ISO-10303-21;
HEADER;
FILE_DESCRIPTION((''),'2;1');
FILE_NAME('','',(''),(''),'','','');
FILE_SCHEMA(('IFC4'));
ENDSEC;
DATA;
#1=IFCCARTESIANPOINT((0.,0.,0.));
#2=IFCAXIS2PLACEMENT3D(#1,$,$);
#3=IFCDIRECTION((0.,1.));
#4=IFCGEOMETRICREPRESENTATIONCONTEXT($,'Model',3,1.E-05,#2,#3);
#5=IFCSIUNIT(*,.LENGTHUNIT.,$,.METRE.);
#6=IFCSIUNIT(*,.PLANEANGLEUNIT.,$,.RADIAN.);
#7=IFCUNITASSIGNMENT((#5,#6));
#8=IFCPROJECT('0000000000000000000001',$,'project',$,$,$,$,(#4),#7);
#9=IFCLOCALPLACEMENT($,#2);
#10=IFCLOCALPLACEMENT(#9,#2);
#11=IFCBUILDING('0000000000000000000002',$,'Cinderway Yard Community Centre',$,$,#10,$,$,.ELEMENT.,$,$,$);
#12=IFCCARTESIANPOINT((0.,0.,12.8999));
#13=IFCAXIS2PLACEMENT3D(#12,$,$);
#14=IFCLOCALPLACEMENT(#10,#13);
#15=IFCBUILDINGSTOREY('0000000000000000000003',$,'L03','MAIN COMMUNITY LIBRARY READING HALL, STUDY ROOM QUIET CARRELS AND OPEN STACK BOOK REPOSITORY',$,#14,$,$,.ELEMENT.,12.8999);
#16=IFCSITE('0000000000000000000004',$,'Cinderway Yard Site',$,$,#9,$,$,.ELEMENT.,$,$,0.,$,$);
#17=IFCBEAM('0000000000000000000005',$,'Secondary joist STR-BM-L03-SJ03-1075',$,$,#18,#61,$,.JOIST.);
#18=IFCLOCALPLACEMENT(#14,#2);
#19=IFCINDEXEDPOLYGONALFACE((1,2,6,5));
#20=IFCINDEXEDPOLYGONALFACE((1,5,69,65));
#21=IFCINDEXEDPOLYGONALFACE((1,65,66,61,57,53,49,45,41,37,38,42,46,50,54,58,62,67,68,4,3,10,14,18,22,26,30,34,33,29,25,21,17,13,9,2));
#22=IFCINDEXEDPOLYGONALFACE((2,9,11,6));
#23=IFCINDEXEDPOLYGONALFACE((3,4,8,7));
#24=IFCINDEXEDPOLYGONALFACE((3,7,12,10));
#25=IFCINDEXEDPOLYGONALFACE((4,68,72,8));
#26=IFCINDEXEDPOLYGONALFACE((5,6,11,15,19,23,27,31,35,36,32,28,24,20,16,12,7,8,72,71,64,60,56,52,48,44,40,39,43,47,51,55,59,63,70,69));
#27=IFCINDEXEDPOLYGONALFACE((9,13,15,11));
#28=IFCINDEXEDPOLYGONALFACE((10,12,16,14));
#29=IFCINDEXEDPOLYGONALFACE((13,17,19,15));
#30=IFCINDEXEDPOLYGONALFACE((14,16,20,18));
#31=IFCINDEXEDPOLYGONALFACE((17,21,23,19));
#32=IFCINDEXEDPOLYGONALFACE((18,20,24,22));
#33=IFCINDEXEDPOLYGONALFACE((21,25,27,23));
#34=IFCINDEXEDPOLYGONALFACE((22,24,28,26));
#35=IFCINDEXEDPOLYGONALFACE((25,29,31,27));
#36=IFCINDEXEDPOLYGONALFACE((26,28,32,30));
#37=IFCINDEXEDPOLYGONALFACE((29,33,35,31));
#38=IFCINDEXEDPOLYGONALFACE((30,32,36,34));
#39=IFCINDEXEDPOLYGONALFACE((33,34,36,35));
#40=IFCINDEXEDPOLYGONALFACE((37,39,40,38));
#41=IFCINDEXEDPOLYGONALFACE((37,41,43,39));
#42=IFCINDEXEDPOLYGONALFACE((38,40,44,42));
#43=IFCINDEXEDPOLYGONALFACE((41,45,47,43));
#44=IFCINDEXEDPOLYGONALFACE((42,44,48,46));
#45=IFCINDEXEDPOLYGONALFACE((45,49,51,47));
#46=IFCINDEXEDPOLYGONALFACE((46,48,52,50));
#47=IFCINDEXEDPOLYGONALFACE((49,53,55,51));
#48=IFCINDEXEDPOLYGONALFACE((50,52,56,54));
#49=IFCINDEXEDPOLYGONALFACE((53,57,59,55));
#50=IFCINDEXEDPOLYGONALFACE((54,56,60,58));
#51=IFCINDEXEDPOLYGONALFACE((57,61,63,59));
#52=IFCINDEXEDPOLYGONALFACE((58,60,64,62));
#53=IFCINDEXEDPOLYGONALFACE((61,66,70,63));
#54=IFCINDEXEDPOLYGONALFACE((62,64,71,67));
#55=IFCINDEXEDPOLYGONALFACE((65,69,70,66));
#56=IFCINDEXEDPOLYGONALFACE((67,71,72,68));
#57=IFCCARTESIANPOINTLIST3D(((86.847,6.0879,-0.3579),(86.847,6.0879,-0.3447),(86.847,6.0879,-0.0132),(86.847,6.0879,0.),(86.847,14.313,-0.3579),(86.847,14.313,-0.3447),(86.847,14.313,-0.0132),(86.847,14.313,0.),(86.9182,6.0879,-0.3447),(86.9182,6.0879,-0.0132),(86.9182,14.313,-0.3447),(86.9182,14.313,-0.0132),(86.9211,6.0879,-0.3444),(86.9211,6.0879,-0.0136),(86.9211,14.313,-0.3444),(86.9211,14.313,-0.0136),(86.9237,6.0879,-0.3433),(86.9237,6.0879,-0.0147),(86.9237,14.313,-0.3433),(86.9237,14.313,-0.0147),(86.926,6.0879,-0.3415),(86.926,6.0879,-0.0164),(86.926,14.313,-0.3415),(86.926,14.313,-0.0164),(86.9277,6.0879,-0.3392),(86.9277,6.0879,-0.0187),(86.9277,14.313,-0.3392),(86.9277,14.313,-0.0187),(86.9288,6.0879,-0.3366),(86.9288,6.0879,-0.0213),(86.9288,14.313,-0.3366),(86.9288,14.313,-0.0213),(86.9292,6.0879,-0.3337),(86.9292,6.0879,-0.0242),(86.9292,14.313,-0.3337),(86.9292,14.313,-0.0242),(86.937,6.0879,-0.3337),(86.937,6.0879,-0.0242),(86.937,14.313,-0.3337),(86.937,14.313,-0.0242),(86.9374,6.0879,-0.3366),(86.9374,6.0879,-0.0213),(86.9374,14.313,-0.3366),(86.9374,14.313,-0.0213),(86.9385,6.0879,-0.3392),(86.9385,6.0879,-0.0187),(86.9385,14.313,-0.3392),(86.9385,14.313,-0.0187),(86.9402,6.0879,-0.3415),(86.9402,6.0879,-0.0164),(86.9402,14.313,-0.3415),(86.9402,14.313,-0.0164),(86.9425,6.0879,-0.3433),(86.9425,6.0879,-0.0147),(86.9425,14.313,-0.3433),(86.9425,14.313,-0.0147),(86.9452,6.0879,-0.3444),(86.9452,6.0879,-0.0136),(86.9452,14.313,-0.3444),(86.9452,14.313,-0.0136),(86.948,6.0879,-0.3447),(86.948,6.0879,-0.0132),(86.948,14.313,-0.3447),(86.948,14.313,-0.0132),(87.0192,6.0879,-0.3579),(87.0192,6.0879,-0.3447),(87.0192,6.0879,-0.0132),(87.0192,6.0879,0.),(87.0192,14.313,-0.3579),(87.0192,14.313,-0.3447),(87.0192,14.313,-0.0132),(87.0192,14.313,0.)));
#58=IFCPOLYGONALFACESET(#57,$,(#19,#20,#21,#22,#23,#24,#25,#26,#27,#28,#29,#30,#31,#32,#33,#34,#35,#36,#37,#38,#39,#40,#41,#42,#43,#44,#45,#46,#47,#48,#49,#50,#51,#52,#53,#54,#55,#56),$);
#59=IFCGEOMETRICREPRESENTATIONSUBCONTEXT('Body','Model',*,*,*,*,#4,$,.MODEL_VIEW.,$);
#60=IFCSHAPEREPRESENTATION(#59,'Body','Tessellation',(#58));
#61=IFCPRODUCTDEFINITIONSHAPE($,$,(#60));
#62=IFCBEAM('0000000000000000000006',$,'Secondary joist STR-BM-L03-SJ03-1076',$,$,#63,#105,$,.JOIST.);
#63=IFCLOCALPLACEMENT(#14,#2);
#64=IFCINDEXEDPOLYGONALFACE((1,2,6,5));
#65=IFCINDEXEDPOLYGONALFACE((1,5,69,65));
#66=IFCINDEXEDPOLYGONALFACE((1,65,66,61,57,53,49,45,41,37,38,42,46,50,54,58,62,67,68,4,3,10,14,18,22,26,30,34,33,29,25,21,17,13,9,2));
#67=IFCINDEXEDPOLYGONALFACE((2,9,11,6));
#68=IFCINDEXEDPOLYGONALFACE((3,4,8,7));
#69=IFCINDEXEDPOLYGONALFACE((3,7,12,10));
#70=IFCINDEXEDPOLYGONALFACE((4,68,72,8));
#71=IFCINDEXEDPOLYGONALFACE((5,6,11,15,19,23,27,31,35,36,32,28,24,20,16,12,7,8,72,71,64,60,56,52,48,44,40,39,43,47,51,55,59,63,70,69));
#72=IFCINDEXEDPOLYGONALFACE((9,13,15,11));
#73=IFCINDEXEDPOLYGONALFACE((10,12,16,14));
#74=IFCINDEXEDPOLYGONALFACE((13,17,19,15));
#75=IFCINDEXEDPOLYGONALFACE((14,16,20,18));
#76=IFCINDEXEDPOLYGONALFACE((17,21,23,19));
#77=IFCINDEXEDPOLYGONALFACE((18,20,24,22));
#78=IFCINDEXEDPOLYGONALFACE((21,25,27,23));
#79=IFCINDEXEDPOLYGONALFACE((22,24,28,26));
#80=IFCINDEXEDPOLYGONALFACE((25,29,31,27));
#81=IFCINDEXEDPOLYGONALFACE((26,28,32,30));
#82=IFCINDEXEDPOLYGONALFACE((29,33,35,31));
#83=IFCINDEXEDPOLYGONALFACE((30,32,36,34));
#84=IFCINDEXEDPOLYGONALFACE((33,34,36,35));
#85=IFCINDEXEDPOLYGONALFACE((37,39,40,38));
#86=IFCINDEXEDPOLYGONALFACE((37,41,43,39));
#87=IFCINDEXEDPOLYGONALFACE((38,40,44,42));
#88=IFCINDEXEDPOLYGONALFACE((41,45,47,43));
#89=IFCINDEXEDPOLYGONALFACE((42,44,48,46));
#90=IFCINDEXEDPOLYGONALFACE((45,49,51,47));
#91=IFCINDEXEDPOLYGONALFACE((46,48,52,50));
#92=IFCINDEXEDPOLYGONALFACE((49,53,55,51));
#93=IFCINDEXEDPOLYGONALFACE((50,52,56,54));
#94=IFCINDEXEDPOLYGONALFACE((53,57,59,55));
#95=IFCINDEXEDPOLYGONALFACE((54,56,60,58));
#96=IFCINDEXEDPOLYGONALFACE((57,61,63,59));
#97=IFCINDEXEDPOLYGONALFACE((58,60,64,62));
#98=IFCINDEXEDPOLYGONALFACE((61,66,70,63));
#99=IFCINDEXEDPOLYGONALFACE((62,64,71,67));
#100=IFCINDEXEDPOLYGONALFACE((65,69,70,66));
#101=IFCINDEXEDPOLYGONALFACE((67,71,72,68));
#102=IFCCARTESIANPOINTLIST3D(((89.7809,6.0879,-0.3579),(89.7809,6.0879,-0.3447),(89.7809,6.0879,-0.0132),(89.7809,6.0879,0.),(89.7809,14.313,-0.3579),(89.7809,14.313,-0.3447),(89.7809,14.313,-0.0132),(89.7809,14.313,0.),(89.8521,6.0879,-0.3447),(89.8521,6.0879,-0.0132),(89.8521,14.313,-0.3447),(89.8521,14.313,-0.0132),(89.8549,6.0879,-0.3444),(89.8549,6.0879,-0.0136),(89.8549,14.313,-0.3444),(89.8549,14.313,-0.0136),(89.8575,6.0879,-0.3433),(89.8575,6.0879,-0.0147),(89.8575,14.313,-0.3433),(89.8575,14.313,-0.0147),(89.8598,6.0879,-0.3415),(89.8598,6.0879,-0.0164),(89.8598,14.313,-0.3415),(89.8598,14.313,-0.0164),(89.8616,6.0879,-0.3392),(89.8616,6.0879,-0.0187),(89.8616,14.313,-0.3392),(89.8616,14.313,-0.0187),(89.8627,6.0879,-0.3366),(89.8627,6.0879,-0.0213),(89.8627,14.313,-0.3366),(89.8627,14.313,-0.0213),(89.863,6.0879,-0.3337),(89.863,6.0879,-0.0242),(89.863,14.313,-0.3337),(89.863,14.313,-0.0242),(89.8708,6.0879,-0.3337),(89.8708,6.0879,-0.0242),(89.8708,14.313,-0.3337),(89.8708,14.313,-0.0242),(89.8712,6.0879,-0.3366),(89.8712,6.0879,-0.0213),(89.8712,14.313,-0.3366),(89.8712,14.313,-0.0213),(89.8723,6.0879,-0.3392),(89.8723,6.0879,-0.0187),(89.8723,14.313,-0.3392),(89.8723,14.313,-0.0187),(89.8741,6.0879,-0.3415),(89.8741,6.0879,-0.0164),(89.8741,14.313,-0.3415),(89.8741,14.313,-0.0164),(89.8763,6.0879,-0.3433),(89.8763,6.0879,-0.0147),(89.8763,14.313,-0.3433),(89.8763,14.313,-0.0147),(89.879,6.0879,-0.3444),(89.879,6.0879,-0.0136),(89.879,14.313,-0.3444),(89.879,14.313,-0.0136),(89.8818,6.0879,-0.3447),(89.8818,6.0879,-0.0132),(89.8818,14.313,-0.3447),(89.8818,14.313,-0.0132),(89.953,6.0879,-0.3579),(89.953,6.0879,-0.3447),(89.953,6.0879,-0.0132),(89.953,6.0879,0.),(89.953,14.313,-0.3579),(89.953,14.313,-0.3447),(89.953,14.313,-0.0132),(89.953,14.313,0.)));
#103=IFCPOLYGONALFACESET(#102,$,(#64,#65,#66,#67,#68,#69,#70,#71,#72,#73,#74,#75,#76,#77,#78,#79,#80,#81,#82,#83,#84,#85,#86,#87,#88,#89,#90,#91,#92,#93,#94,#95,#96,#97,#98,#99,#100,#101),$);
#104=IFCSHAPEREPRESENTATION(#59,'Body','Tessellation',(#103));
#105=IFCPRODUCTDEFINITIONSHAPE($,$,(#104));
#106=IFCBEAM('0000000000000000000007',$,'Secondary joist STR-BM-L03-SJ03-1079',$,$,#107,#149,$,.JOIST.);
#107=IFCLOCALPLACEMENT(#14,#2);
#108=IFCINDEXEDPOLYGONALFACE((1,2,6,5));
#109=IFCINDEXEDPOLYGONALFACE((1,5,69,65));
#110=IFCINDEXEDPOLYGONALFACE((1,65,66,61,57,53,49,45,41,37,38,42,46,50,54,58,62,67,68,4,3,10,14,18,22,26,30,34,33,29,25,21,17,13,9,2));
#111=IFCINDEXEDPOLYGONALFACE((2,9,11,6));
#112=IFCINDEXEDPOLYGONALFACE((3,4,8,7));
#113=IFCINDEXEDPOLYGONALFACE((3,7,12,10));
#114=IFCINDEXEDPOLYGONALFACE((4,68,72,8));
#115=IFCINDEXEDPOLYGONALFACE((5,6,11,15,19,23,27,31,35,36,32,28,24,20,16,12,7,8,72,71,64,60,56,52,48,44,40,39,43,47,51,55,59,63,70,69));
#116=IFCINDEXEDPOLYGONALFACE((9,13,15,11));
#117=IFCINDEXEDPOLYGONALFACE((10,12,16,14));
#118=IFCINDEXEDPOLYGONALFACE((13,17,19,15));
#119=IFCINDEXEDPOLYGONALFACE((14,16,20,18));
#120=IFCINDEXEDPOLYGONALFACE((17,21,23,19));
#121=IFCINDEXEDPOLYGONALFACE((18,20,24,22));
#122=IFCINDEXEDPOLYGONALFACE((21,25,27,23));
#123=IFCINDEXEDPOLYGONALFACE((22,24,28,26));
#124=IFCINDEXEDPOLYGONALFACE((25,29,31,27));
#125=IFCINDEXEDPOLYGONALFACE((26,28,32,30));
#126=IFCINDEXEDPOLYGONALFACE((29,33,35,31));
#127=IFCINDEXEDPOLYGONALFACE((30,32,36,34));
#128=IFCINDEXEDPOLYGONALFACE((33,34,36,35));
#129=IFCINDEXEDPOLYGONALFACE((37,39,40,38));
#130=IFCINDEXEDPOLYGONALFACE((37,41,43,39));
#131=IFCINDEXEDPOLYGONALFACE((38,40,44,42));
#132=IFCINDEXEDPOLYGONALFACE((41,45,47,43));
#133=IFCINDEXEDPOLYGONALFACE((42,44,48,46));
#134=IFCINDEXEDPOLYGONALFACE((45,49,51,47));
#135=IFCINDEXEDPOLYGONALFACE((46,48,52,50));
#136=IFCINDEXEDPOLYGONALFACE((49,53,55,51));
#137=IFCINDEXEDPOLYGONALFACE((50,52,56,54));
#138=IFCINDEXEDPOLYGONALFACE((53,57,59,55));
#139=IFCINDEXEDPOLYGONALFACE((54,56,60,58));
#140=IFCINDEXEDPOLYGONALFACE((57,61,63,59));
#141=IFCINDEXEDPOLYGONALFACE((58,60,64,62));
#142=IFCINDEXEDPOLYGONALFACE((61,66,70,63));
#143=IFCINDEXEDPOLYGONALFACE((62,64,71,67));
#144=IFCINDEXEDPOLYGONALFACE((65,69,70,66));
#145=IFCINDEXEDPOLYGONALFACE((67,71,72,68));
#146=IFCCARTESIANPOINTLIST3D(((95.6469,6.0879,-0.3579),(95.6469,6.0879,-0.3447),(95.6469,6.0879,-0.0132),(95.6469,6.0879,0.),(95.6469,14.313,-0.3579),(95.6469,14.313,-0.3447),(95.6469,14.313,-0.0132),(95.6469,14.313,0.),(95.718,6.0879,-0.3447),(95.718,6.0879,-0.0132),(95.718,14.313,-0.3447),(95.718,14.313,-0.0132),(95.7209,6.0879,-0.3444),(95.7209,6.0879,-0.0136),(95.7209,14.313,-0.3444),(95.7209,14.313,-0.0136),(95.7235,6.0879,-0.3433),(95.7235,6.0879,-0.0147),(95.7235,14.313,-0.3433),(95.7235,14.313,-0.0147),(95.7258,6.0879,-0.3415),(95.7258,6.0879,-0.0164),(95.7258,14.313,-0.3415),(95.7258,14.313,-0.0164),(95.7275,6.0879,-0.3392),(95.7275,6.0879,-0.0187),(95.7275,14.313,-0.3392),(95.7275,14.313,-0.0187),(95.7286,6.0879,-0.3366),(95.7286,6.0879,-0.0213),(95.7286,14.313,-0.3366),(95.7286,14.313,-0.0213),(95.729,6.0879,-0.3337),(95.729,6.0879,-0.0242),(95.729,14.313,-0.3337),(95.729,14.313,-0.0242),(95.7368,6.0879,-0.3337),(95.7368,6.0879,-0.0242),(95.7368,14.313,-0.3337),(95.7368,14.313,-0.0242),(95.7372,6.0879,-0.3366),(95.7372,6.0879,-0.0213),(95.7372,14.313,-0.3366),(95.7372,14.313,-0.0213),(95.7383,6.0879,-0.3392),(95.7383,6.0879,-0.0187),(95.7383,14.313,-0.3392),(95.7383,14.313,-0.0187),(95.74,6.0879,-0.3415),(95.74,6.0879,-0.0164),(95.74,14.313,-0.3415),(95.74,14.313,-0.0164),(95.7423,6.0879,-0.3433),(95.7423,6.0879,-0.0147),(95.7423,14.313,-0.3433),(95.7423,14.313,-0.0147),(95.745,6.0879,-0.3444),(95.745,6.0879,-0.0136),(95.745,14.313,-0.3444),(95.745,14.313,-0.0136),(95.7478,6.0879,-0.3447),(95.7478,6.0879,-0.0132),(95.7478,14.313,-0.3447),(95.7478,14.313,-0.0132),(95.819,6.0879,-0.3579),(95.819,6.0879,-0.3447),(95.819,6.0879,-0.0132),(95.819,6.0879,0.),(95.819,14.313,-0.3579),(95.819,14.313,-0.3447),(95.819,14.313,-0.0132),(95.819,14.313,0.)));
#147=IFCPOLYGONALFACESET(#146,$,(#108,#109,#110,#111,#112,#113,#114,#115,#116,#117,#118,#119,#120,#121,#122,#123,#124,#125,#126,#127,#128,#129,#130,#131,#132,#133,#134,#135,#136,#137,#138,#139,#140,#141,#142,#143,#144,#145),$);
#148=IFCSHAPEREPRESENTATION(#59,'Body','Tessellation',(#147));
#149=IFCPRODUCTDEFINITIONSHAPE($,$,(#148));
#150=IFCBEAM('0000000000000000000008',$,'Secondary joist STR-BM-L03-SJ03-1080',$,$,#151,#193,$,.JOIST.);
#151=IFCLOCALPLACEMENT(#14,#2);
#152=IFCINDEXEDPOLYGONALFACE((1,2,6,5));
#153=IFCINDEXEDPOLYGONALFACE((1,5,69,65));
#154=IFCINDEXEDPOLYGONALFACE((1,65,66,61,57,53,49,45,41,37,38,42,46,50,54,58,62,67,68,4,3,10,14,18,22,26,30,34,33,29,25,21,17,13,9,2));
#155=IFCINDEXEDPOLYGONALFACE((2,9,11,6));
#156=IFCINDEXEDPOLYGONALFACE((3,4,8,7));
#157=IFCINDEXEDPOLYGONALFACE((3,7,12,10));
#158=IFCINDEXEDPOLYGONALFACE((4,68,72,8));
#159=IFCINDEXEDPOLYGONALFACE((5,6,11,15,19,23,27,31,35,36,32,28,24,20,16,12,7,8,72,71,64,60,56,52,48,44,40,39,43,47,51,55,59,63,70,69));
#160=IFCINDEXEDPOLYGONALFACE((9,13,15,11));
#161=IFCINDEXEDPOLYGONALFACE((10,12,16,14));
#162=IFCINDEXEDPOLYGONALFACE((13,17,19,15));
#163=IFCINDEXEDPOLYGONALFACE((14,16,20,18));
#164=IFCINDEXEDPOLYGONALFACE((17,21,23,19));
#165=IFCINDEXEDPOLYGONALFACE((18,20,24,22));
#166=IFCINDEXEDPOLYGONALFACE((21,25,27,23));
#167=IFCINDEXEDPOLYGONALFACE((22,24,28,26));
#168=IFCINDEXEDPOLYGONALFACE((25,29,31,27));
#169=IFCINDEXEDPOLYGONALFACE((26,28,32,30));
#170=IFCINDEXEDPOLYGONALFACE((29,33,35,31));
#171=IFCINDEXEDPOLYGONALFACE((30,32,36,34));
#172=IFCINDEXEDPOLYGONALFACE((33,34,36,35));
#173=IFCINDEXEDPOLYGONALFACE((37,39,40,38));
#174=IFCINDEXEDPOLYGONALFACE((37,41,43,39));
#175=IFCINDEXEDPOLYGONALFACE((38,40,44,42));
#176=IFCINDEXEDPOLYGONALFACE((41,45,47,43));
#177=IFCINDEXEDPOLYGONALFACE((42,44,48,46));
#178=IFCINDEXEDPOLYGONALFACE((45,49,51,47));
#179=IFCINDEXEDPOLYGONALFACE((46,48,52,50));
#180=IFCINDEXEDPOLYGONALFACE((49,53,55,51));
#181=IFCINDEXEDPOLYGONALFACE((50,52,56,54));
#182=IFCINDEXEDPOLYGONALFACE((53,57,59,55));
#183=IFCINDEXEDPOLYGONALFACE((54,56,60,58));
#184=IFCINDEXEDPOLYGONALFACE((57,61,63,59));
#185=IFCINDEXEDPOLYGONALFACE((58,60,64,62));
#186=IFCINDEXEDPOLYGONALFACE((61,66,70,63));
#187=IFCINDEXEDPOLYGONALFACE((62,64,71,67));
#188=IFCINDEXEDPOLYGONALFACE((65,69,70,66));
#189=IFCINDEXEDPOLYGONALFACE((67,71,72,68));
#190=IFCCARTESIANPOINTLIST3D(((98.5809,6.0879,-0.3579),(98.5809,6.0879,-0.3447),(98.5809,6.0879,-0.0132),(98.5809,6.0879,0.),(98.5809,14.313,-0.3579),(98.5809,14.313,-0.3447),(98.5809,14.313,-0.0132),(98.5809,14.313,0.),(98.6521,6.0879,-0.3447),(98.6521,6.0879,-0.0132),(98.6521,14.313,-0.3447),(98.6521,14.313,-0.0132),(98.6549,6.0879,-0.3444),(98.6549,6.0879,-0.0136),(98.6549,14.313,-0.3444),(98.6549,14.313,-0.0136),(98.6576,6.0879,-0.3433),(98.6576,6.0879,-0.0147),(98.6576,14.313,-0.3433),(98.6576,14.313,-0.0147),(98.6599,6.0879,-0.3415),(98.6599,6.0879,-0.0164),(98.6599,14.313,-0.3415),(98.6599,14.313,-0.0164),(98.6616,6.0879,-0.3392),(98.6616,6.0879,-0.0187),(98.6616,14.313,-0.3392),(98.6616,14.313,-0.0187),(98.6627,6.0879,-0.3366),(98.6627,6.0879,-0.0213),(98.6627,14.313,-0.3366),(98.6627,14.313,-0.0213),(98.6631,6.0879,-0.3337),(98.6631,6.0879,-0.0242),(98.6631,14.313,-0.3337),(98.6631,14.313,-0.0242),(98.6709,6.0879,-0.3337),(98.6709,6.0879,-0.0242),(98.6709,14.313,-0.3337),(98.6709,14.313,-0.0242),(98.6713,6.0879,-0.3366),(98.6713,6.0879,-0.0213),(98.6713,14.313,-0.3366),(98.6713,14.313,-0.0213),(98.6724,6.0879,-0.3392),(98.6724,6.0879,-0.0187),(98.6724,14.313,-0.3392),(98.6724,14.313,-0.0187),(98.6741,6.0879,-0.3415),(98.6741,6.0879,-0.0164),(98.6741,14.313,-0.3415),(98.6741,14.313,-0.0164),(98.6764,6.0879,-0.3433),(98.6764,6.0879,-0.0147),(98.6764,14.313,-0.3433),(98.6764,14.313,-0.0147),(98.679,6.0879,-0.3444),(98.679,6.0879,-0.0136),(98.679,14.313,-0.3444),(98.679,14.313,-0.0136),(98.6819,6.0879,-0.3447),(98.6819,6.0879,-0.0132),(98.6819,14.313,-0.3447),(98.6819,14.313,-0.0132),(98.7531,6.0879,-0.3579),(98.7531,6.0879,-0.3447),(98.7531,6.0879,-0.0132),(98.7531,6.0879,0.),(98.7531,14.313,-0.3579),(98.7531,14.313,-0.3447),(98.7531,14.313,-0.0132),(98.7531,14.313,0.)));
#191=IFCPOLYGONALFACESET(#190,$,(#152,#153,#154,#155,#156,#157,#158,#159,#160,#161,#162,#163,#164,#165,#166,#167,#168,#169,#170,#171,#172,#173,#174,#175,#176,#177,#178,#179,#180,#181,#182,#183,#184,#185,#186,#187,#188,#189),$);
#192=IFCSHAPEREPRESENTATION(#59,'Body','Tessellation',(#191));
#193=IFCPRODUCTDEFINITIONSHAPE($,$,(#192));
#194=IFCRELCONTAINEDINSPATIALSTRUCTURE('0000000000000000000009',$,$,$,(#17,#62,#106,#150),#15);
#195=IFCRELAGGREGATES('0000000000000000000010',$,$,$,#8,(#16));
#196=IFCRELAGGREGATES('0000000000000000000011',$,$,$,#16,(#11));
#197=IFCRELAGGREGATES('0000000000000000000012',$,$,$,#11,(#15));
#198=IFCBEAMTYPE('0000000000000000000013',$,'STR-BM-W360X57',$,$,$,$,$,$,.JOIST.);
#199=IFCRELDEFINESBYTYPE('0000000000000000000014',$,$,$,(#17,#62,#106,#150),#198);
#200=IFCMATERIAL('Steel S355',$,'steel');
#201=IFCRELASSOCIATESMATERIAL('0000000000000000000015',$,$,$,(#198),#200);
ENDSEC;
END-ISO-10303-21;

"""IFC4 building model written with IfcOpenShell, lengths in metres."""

from ifc_helpers import new_model, si_unit, direction, frame, origin, origin_2d, place, context, subcontext, project, spatial, i_section, extrude, material, material_profile, profile_set, type_object, element, save


model = new_model("IFC4")

# Units and contexts
model_context = context("Model", 3, precision=1e-05, world=origin(), true_north=direction((0.0, 1.0)))
body_context = subcontext(model_context, "Body", "Model", "MODEL_VIEW")
ifc_project = project(units=[si_unit("LENGTHUNIT", "METRE"), si_unit("PLANEANGLEUNIT", "RADIAN")], contexts=[model_context])

# Site, building, storey
site_placement = place(None, origin())
site = spatial("IfcSite", under=ifc_project, at=site_placement, Name="Cinderway Yard Site", CompositionType="ELEMENT", RefElevation=0.0)
building_placement = place(site_placement, origin())
building = spatial("IfcBuilding", under=site, at=building_placement, Name="Cinderway Yard Community Centre", CompositionType="ELEMENT")
storey_placement = place(building_placement, frame((0.0, 0.0, 12.8999)))
storey = spatial("IfcBuildingStorey", under=building, at=storey_placement, Name="L03", Description="MAIN COMMUNITY LIBRARY READING HALL, STUDY ROOM QUIET CARRELS AND OPEN STACK BOOK REPOSITORY", CompositionType="ELEMENT", Elevation=12.8999)

# Shared definitions
ifc_material_1 = material(Name="Steel S355", Category="steel")

# Beams
ifc_material_profile_1 = material_profile(ifc_material_1, i_section(OverallWidth=0.1721, OverallDepth=0.3579, WebThickness=0.0078, FlangeThickness=0.0132, FilletRadius=0.011, at=origin_2d()), Name="Steel S355")
ifc_profile_set_1 = profile_set([ifc_material_profile_1], Name="Steel S355")
beam_type_1 = type_object("IfcBeamType", Name="STR-BM-W360X57", PredefinedType="JOIST", material=ifc_profile_set_1)
for number, where, z_axis, x_axis, name in (
    (1, (86.9331, 6.0879, -0.179), (0.0, 1.0, 0.0), (-1.0, 0.0, 0.0), "Secondary joist STR-BM-L03-SJ03-1075"),
    (2, (89.8669, 6.0879, -0.179), (0.0, 1.0, 0.0), (-1.0, 0.0, 0.0), "Secondary joist STR-BM-L03-SJ03-1076"),
    (3, (95.7329, 6.0879, -0.179), (0.0, 1.0, 0.0), (-1.0, 0.0, 0.0), "Secondary joist STR-BM-L03-SJ03-1079"),
    (4, (98.667, 6.0879, -0.179), (0.0, 1.0, 0.0), (-1.0, 0.0, 0.0), "Secondary joist STR-BM-L03-SJ03-1080"),
):
    element("IfcBeam", number, at=place(storey_placement, frame(where, z_axis=z_axis, x_axis=x_axis)), inside=storey, type_object=beam_type_1, Name=name, PredefinedType="JOIST", context=body_context, shape_type="SweptSolid", body=[
        extrude(i_section(OverallWidth=0.1721, OverallDepth=0.3579, WebThickness=0.0078, FlangeThickness=0.0132, FilletRadius=0.011, at=origin_2d()), origin(), (0.0, 0.0, 1.0), 8.2251),
    ])

save(model, "model.ifc")
